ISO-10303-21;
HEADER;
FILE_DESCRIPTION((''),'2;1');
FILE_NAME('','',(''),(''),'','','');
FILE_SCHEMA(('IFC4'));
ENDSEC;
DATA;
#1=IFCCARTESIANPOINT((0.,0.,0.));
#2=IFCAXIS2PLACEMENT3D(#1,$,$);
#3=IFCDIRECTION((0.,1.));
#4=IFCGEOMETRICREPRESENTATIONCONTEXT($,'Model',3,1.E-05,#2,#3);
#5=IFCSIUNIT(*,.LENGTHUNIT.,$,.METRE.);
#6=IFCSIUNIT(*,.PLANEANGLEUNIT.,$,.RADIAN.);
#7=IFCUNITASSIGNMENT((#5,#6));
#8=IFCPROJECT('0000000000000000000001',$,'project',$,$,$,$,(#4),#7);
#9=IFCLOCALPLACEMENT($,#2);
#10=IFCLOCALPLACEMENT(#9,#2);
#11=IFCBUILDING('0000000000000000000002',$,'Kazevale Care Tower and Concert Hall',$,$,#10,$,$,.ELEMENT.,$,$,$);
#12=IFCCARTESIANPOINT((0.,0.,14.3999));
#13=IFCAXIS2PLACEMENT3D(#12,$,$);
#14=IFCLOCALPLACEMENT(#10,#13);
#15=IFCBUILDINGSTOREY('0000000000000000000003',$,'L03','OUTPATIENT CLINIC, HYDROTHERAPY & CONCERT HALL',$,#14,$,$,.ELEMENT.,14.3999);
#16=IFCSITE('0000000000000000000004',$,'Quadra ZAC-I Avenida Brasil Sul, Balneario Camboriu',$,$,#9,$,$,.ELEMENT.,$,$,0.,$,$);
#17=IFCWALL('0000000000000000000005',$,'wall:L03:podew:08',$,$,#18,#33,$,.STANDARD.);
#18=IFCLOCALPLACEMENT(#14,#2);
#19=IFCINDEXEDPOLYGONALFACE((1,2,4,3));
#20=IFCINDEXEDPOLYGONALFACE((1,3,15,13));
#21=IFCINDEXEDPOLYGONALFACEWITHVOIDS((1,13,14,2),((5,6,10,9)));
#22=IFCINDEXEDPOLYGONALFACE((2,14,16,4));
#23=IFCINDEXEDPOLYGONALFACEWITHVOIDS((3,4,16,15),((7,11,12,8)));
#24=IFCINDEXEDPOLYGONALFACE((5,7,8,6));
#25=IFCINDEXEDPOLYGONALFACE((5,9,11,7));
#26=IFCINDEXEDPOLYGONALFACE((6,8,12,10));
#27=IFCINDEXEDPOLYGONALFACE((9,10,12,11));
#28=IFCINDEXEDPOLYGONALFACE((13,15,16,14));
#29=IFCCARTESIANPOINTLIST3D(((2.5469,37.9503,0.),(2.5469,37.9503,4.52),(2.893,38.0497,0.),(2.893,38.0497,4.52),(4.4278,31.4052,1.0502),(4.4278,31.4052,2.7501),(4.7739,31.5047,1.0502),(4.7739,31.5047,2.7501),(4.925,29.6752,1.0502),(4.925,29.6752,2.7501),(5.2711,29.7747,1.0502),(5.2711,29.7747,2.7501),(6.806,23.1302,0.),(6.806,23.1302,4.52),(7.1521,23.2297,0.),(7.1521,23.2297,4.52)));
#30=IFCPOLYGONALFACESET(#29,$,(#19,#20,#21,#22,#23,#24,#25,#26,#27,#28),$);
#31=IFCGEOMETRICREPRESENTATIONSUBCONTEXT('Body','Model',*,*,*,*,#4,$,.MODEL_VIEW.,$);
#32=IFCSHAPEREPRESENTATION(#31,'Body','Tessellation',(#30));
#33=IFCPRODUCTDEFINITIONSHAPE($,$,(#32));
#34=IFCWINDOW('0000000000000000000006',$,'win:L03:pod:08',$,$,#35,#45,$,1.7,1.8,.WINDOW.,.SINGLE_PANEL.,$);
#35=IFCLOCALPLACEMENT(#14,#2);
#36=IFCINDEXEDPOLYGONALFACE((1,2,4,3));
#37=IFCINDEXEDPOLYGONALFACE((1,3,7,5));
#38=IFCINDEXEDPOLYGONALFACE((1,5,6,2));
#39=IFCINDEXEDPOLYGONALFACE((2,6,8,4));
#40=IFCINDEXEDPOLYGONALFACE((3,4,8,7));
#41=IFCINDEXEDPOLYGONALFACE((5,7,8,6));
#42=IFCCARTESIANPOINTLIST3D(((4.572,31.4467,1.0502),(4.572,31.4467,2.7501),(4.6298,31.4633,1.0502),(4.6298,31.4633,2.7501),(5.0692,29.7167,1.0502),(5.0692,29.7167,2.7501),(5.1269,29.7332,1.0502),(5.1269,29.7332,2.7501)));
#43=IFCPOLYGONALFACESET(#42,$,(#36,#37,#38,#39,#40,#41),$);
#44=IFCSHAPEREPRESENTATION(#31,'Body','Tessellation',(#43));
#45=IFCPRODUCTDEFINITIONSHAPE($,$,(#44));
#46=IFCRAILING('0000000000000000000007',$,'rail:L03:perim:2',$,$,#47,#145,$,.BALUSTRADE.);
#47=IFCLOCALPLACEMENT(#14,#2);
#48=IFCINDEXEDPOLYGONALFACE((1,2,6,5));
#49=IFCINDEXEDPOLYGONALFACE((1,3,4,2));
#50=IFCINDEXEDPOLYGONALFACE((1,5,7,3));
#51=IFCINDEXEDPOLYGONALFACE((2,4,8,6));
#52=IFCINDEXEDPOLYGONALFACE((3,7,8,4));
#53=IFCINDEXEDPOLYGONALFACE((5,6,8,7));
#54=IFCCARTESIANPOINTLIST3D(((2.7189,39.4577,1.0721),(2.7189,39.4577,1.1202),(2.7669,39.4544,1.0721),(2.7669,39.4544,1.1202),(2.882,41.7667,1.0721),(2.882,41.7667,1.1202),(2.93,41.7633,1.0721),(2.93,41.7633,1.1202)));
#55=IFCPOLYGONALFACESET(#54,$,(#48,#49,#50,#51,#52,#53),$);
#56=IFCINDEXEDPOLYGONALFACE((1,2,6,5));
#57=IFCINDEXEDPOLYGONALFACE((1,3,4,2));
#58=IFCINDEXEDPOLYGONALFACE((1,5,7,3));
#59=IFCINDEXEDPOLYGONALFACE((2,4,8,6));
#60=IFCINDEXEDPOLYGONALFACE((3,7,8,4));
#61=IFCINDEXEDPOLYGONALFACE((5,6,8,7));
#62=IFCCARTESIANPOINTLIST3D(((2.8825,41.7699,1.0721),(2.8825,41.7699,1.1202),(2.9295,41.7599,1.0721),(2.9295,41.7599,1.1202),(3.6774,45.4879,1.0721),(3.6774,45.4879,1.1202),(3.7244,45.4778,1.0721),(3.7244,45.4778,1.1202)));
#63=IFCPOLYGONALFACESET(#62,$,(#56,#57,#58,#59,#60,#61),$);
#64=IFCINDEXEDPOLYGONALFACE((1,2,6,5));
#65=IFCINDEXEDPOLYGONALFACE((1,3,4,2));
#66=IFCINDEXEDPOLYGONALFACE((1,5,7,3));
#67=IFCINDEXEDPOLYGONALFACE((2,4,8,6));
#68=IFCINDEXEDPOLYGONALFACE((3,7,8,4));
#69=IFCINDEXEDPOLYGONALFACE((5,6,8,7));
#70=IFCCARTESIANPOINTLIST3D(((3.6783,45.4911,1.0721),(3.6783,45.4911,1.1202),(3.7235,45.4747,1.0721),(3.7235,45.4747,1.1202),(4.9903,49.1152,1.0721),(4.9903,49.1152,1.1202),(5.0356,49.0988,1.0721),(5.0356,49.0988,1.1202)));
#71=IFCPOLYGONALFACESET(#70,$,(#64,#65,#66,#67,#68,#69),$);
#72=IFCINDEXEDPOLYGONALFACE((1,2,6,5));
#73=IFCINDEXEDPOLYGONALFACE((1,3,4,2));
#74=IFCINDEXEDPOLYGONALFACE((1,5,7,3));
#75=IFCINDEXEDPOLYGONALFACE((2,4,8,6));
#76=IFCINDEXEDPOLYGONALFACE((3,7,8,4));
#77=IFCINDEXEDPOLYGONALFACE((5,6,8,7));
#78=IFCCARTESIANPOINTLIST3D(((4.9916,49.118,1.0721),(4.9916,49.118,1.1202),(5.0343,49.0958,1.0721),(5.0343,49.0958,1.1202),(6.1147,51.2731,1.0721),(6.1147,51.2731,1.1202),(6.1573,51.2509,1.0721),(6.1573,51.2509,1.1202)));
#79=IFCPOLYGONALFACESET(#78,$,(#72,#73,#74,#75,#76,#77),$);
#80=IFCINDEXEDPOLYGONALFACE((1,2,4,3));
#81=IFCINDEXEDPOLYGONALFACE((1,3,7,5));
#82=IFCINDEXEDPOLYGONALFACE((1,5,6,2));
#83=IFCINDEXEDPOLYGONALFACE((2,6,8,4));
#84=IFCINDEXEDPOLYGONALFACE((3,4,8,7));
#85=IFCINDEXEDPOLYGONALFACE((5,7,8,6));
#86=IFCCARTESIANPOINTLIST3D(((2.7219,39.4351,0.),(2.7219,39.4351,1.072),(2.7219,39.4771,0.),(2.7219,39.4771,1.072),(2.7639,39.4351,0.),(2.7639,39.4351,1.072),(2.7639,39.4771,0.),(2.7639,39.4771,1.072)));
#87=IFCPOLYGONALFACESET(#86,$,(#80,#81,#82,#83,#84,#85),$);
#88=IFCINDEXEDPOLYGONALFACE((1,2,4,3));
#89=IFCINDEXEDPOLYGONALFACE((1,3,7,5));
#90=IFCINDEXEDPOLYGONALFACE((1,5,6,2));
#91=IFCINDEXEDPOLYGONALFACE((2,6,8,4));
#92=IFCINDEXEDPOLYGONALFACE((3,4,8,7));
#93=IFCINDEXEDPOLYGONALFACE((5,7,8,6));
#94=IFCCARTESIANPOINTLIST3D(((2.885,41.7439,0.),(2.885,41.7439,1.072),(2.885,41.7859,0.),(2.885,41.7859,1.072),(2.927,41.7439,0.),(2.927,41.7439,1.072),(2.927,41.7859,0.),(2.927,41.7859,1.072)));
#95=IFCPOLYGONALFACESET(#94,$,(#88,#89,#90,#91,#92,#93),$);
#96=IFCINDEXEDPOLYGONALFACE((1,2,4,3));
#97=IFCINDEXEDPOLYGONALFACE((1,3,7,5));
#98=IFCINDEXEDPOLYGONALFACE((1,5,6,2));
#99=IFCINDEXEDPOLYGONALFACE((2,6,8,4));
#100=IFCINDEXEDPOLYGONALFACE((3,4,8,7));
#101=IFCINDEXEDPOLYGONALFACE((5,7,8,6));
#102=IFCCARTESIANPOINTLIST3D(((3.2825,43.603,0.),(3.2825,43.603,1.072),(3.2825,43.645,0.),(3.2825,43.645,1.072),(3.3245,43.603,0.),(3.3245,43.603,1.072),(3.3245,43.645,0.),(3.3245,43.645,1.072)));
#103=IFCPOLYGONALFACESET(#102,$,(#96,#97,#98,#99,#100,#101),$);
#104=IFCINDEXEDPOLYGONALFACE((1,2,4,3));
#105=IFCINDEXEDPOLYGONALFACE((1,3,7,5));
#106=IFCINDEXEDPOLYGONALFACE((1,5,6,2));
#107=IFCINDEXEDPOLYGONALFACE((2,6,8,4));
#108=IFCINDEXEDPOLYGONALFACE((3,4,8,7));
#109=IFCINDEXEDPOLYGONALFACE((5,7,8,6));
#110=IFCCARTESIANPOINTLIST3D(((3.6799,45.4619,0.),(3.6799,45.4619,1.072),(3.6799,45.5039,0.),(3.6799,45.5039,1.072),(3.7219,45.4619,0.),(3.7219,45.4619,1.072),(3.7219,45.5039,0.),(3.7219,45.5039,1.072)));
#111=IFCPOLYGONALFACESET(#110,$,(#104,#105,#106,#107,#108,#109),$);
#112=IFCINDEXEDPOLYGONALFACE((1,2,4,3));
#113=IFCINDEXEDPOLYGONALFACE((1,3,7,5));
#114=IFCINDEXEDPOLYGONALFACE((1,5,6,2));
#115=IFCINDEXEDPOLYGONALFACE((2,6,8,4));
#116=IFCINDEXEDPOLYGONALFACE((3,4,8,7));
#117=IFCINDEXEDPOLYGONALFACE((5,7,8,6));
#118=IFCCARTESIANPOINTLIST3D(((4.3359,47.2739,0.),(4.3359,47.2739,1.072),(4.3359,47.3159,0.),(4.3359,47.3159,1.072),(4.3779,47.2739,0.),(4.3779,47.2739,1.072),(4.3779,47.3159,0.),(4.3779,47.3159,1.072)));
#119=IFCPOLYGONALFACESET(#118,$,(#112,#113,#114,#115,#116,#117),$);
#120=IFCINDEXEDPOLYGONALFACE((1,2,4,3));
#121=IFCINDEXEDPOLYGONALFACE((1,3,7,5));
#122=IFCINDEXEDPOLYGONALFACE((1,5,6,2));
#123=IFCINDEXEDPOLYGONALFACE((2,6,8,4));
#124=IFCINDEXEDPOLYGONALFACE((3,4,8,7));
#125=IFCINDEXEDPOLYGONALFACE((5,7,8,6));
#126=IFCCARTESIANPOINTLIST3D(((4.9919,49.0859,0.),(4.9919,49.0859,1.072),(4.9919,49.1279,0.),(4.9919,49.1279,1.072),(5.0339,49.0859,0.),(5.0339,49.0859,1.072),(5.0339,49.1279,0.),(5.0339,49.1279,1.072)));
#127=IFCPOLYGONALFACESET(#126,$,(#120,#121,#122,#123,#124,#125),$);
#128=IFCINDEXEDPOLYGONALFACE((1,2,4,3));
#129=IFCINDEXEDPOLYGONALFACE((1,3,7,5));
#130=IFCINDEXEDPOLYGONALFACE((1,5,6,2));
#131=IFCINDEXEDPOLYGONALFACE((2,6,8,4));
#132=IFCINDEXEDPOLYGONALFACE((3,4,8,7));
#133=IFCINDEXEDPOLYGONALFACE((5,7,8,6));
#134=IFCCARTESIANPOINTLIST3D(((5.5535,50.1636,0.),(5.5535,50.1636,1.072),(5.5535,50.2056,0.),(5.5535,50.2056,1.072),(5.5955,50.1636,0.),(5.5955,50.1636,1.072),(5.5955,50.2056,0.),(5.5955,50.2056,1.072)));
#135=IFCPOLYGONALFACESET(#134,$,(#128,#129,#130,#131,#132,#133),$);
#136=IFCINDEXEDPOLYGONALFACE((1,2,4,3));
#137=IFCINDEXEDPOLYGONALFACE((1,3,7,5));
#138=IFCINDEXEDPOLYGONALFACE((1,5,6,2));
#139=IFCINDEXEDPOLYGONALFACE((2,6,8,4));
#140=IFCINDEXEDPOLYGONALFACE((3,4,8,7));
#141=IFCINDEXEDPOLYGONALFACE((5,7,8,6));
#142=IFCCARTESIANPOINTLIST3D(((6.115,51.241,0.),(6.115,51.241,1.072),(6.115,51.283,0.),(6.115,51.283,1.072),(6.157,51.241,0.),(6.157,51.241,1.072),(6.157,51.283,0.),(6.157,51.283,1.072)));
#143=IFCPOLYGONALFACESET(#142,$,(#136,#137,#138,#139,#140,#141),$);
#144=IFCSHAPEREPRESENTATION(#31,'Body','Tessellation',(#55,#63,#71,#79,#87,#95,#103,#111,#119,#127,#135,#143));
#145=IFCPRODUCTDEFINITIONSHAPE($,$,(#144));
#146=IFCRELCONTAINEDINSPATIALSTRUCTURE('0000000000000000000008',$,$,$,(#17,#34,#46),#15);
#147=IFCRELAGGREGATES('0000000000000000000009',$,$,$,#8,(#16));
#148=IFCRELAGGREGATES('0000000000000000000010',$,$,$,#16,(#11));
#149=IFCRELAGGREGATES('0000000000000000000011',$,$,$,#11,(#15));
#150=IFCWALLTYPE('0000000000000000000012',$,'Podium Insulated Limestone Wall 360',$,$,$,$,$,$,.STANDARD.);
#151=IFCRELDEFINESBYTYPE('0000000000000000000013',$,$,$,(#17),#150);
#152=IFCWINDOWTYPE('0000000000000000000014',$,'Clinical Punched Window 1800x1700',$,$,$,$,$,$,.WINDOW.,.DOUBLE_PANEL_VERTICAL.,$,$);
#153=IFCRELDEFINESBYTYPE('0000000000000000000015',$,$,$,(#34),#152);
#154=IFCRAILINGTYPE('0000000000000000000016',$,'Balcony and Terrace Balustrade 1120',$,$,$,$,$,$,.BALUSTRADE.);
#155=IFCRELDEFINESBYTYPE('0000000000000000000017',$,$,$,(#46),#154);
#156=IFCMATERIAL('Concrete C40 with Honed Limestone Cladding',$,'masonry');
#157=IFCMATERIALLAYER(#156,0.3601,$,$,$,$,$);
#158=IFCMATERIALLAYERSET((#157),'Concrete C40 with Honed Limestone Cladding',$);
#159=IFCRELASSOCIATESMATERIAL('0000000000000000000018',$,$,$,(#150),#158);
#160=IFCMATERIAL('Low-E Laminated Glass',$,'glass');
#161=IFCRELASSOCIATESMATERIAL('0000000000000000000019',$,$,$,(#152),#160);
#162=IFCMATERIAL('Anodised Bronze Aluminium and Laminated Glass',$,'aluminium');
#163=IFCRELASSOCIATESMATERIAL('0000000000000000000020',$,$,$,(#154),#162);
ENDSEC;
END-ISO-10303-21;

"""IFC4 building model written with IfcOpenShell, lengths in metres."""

from ifc_helpers import new_model, si_unit, direction, frame, frame_2d, origin, origin_2d, place, context, subcontext, project, spatial, rectangle, extrude, material, layer, layer_set, type_object, element, fill, save


model = new_model("IFC4")

# Units and contexts
model_context = context("Model", 3, precision=1e-05, world=origin(), true_north=direction((0.0, 1.0)))
body_context = subcontext(model_context, "Body", "Model", "MODEL_VIEW")
ifc_project = project(units=[si_unit("LENGTHUNIT", "METRE"), si_unit("PLANEANGLEUNIT", "RADIAN")], contexts=[model_context])

# Site, building, storey
site_placement = place(None, origin())
site = spatial("IfcSite", under=ifc_project, at=site_placement, Name="Quadra ZAC-I Avenida Brasil Sul, Balneario Camboriu", CompositionType="ELEMENT", RefElevation=0.0)
building_placement = place(site_placement, origin())
building = spatial("IfcBuilding", under=site, at=building_placement, Name="Kazevale Care Tower and Concert Hall", CompositionType="ELEMENT")
storey_placement = place(building_placement, frame((0.0, 0.0, 14.3999)))
storey = spatial("IfcBuildingStorey", under=building, at=storey_placement, Name="L03", Description="OUTPATIENT CLINIC, HYDROTHERAPY & CONCERT HALL", CompositionType="ELEMENT", Elevation=14.3999)

# Wall, opening, window
ifc_material_1 = material(Name="Concrete C40 with Honed Limestone Cladding", Category="masonry")
ifc_layer_1 = layer(ifc_material_1, 0.3601)
ifc_layer_set_1 = layer_set([ifc_layer_1], Name="Concrete C40 with Honed Limestone Cladding")
wall_type_1 = type_object("IfcWallType", Name="Podium Insulated Limestone Wall 360", PredefinedType="STANDARD", material=ifc_layer_set_1)
wall_1_placement = place(storey_placement, frame((2.72, 38.0, 0.0), z_axis=(0.0, 0.0, 1.0), x_axis=(0.276203, -0.961099, 0.0)))
wall_1 = element("IfcWall", 1, at=wall_1_placement, inside=storey, type_object=wall_type_1, Name="wall:L03:podew:08", PredefinedType="STANDARD", context=body_context, shape_type="SweptSolid", body=[
    extrude(rectangle(XDim=15.4199, YDim=0.3601, at=frame_2d((7.71, 0.0))), origin(), (0.0, 0.0, 1.0), 4.52),
])
opening_1_placement = place(wall_1_placement, frame((6.8101, 0.0, 1.05)))
opening_1 = element("IfcOpeningElement", 2, at=opening_1_placement, cuts=wall_1, PredefinedType="OPENING", context=body_context, shape_type="SweptSolid", body=[
    extrude(rectangle(XDim=1.8, YDim=1.7, at=frame_2d((0.8999, 0.8501))), frame((0.0, 0.1899, 0.0), z_axis=(0.0, -1.0, 0.0), x_axis=(1.0, 0.0, 0.0)), (0.0, 0.0, 1.0), 0.3801),
])
ifc_material_2 = material(Name="Low-E Laminated Glass", Category="glass")
window_type = type_object("IfcWindowType", Name="Clinical Punched Window 1800x1700", PartitioningType="DOUBLE_PANEL_VERTICAL", PredefinedType="WINDOW", material=ifc_material_2)
window_placement = place(opening_1_placement, origin())
window = element("IfcWindow", 3, at=window_placement, inside=storey, type_object=window_type, Name="win:L03:pod:08", OverallHeight=1.7, OverallWidth=1.8, PartitioningType="SINGLE_PANEL", PredefinedType="WINDOW", context=body_context, shape_type="SweptSolid", body=[
    extrude(rectangle(XDim=1.8, YDim=1.7, at=frame_2d((0.8999, 0.8501))), frame((0.0, 0.03, 0.0), z_axis=(0.0, -1.0, 0.0), x_axis=(1.0, 0.0, 0.0)), (0.0, 0.0, 1.0), 0.0601),
])
fill(opening_1, window)

# Railing
ifc_material_3 = material(Name="Anodised Bronze Aluminium and Laminated Glass", Category="aluminium")
railing_type = type_object("IfcRailingType", Name="Balcony and Terrace Balustrade 1120", PredefinedType="BALUSTRADE", material=ifc_material_3)
railing_placement = place(storey_placement, frame((2.7429, 39.4561, 0.0)))
element("IfcRailing", 4, at=railing_placement, inside=storey, type_object=railing_type, Name="rail:L03:perim:2", PredefinedType="BALUSTRADE", context=body_context, shape_type="SweptSolid", body=[
    extrude(rectangle(XDim=0.0481, YDim=0.0481, at=origin_2d()), frame((0.0, 0.0, 1.0962), z_axis=(0.07046, 0.997515, 0.0), x_axis=(-0.997515, 0.07046, 0.0)), (0.0, 0.0, 1.0), 2.3147),
    extrude(rectangle(XDim=0.0481, YDim=0.0481, at=origin_2d()), frame((0.1631, 2.3088, 1.0962), z_axis=(0.209077, 0.977899, 0.0), x_axis=(-0.977899, 0.209077, 0.0)), (0.0, 0.0, 1.0), 3.802),
    extrude(rectangle(XDim=0.0481, YDim=0.0481, at=origin_2d()), frame((0.958, 6.0269, 1.0962), z_axis=(0.34041, 0.940277, 0.0), x_axis=(-0.940277, 0.34041, 0.0)), (0.0, 0.0, 1.0), 3.8542),
    extrude(rectangle(XDim=0.0481, YDim=0.0481, at=origin_2d()), frame((2.27, 9.6509, 1.0962), z_axis=(0.46214, 0.886807, 0.0), x_axis=(-0.886807, 0.46214, 0.0)), (0.0, 0.0, 1.0), 2.4302),
    extrude(rectangle(XDim=0.042, YDim=0.042, at=origin_2d()), origin(), (0.0, 0.0, 1.0), 1.072),
    extrude(rectangle(XDim=0.042, YDim=0.042, at=origin_2d()), frame((0.1631, 2.3088, 0.0)), (0.0, 0.0, 1.0), 1.072),
    extrude(rectangle(XDim=0.042, YDim=0.042, at=origin_2d()), frame((0.5605, 4.168, 0.0)), (0.0, 0.0, 1.0), 1.072),
    extrude(rectangle(XDim=0.042, YDim=0.042, at=origin_2d()), frame((0.958, 6.0269, 0.0)), (0.0, 0.0, 1.0), 1.072),
    extrude(rectangle(XDim=0.042, YDim=0.042, at=origin_2d()), frame((1.614, 7.8389, 0.0)), (0.0, 0.0, 1.0), 1.072),
    extrude(rectangle(XDim=0.042, YDim=0.042, at=origin_2d()), frame((2.27, 9.6509, 0.0)), (0.0, 0.0, 1.0), 1.072),
    extrude(rectangle(XDim=0.042, YDim=0.042, at=origin_2d()), frame((2.8315, 10.7285, 0.0)), (0.0, 0.0, 1.0), 1.072),
    extrude(rectangle(XDim=0.042, YDim=0.042, at=origin_2d()), frame((3.3931, 11.8059, 0.0)), (0.0, 0.0, 1.0), 1.072),
])

save(model, "model.ifc")
